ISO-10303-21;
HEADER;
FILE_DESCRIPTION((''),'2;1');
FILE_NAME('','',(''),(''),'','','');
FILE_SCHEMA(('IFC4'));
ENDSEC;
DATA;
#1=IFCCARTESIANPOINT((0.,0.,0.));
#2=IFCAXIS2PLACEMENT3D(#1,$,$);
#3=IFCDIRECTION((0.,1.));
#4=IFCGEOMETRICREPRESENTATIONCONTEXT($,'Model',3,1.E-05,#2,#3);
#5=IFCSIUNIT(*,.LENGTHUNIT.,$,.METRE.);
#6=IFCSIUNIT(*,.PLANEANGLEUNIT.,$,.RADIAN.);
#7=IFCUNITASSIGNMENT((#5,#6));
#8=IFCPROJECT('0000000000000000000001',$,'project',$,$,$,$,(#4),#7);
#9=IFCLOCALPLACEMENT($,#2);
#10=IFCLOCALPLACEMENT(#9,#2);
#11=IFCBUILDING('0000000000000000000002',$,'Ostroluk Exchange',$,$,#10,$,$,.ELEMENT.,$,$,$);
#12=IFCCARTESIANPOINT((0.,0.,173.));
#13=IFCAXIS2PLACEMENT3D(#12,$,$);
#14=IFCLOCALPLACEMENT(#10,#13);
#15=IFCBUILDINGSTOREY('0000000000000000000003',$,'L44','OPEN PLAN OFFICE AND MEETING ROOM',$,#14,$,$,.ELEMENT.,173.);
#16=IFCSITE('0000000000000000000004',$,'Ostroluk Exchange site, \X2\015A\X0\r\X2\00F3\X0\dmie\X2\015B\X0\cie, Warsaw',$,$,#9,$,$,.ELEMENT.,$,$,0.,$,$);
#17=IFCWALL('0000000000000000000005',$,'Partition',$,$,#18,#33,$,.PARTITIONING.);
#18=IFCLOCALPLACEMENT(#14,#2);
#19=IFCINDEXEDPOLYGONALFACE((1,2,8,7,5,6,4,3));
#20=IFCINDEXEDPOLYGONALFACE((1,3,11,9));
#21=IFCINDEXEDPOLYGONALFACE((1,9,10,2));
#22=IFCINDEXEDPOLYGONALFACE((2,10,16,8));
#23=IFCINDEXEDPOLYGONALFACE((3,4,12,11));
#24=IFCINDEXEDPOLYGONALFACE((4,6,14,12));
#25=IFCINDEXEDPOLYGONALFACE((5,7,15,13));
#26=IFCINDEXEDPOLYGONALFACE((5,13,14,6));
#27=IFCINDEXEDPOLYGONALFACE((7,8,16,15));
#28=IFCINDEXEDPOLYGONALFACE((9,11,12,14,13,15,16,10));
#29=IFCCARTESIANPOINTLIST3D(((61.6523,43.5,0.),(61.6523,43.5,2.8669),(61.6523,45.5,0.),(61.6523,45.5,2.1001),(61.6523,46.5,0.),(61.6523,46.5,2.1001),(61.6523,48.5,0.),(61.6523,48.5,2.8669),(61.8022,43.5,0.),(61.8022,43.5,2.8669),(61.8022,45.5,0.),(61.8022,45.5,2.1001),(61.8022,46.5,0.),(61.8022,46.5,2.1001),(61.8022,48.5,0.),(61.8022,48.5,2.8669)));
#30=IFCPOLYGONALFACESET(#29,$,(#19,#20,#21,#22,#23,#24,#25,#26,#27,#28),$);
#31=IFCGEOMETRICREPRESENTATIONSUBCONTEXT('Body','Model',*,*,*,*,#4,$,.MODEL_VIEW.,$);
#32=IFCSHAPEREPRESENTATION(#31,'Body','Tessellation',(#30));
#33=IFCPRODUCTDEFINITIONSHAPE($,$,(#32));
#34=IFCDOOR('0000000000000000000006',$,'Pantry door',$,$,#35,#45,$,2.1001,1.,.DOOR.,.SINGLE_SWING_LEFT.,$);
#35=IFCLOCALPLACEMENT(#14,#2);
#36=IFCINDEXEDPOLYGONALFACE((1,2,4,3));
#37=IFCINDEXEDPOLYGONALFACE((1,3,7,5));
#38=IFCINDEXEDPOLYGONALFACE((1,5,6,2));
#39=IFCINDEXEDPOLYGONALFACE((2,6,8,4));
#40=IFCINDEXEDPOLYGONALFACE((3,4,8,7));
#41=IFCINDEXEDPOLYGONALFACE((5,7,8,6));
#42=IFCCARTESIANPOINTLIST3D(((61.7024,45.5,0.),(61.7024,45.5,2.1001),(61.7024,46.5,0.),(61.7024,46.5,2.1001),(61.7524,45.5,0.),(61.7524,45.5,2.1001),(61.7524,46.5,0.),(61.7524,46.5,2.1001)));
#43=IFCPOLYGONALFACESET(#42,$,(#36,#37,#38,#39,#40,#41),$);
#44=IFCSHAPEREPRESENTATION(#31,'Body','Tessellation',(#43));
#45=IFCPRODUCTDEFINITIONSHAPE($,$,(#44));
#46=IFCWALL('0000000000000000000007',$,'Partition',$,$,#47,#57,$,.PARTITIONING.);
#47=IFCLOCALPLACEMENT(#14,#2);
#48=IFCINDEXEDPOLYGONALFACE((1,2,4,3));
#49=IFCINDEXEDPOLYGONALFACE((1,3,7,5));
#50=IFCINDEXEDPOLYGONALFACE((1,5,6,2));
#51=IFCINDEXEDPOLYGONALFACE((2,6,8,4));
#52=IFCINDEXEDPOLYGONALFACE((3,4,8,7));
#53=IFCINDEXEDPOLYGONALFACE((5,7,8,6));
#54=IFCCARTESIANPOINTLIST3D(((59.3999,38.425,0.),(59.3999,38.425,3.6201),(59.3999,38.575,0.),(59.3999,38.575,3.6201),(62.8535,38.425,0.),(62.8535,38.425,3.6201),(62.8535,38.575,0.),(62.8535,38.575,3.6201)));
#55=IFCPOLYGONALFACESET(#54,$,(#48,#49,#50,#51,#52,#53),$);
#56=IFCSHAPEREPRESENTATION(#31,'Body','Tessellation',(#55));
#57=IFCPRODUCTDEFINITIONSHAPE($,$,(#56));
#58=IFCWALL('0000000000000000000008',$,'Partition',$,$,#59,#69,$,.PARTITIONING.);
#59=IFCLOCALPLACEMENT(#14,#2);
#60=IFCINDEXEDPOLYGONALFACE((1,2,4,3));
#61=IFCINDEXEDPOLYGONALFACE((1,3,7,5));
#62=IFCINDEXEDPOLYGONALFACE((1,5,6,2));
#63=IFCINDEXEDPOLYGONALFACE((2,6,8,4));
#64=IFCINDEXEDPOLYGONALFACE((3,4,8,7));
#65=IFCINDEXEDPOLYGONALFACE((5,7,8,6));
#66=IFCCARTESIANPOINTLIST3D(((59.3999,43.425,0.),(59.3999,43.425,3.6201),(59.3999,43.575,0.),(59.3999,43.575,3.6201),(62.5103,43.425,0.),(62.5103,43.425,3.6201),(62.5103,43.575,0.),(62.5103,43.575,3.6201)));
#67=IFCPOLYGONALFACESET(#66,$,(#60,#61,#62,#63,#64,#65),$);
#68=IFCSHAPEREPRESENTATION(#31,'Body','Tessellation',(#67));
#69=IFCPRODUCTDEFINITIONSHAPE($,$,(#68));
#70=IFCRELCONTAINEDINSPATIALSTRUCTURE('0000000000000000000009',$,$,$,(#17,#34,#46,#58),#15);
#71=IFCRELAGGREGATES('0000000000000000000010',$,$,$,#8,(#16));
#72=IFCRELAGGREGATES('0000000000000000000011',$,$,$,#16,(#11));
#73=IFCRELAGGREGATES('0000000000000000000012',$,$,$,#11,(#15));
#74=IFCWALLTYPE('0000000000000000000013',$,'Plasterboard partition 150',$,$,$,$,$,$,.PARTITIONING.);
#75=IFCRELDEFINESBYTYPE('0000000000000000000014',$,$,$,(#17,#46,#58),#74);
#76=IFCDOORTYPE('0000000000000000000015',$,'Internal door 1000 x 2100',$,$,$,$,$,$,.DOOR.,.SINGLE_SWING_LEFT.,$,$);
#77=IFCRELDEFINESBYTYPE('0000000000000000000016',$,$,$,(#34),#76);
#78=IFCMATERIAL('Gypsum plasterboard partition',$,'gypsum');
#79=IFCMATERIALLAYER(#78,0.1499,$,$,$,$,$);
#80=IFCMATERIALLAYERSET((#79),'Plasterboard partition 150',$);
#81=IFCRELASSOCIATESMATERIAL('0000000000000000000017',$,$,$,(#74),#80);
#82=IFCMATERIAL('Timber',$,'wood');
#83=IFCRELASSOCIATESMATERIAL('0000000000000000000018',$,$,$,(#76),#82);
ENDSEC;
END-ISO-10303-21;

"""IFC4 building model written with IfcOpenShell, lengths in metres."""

from ifc_helpers import new_model, si_unit, direction, frame, frame_2d, origin, place, context, subcontext, project, spatial, rectangle, extrude, material, layer, layer_set, type_object, element, fill, save


model = new_model("IFC4")

# Units and contexts
model_context = context("Model", 3, precision=1e-05, world=origin(), true_north=direction((0.0, 1.0)))
body_context = subcontext(model_context, "Body", "Model", "MODEL_VIEW")
ifc_project = project(units=[si_unit("LENGTHUNIT", "METRE"), si_unit("PLANEANGLEUNIT", "RADIAN")], contexts=[model_context])

# Site, building, storey
site_placement = place(None, origin())
site = spatial("IfcSite", under=ifc_project, at=site_placement, Name="Ostroluk Exchange site, Śródmieście, Warsaw", CompositionType="ELEMENT", RefElevation=0.0)
building_placement = place(site_placement, origin())
building = spatial("IfcBuilding", under=site, at=building_placement, Name="Ostroluk Exchange", CompositionType="ELEMENT")
storey_placement = place(building_placement, frame((0.0, 0.0, 173.0)))
storey = spatial("IfcBuildingStorey", under=building, at=storey_placement, Name="L44", Description="OPEN PLAN OFFICE AND MEETING ROOM", CompositionType="ELEMENT", Elevation=173.0)

# Shared definitions
ifc_material_1 = material(Name="Gypsum plasterboard partition", Category="gypsum")
ifc_layer_1 = layer(ifc_material_1, 0.1499)
ifc_layer_set_1 = layer_set([ifc_layer_1], Name="Plasterboard partition 150")
wall_type = type_object("IfcWallType", Name="Plasterboard partition 150", PredefinedType="PARTITIONING", material=ifc_layer_set_1)

# Wall, opening, door
ifc_material_2 = material(Name="Timber", Category="wood")
door_type_1 = type_object("IfcDoorType", Name="Internal door 1000 x 2100", OperationType="SINGLE_SWING_LEFT", PredefinedType="DOOR", material=ifc_material_2)
wall_1_placement = place(storey_placement, frame((61.7273, 43.5, 0.0), z_axis=(0.0, 0.0, 1.0), x_axis=(0.0, 1.0, 0.0)))
wall_1 = element("IfcWall", 1, at=wall_1_placement, inside=storey, type_object=wall_type, Name="Partition", PredefinedType="PARTITIONING", context=body_context, shape_type="SweptSolid", body=[
    extrude(rectangle(XDim=5.0, YDim=0.1499, at=frame_2d((2.5, 0.0))), origin(), (0.0, 0.0, 1.0), 2.8669),
])
opening_1_placement = place(wall_1_placement, frame((2.0, 0.0, 0.0)))
opening_1 = element("IfcOpeningElement", 2, at=opening_1_placement, cuts=wall_1, PredefinedType="OPENING", context=body_context, shape_type="SweptSolid", body=[
    extrude(rectangle(XDim=1.0, YDim=2.1001, at=frame_2d((0.5, 1.05))), frame((0.0, 0.085, 0.0), z_axis=(0.0, -1.0, 0.0), x_axis=(1.0, 0.0, 0.0)), (0.0, 0.0, 1.0), 0.1699),
])
door_1_placement = place(opening_1_placement, origin())
door_1 = element("IfcDoor", 3, at=door_1_placement, inside=storey, type_object=door_type_1, Name="Pantry door", OperationType="SINGLE_SWING_LEFT", OverallHeight=2.1001, OverallWidth=1.0, PredefinedType="DOOR", context=body_context, shape_type="SweptSolid", body=[
    extrude(rectangle(XDim=1.0, YDim=2.1001, at=frame_2d((0.5, 1.05))), frame((0.0, 0.0249, 0.0), z_axis=(0.0, -1.0, 0.0), x_axis=(1.0, 0.0, 0.0)), (0.0, 0.0, 1.0), 0.05),
])
fill(opening_1, door_1)

# Walls
wall_2_placement = place(storey_placement, frame((59.3999, 38.5, 0.0), z_axis=(0.0, 0.0, 1.0), x_axis=(1.0, 0.0, 0.0)))
element("IfcWall", 4, at=wall_2_placement, inside=storey, type_object=wall_type, Name="Partition", PredefinedType="PARTITIONING", context=body_context, shape_type="SweptSolid", body=[
    extrude(rectangle(XDim=3.4536, YDim=0.1499, at=frame_2d((1.7268, 0.0))), origin(), (0.0, 0.0, 1.0), 3.6201),
])
wall_3_placement = place(storey_placement, frame((59.3999, 43.5, 0.0), z_axis=(0.0, 0.0, 1.0), x_axis=(1.0, 0.0, 0.0)))
element("IfcWall", 5, at=wall_3_placement, inside=storey, type_object=wall_type, Name="Partition", PredefinedType="PARTITIONING", context=body_context, shape_type="SweptSolid", body=[
    extrude(rectangle(XDim=3.1104, YDim=0.1499, at=frame_2d((1.5552, 0.0))), origin(), (0.0, 0.0, 1.0), 3.6201),
])

save(model, "model.ifc")
